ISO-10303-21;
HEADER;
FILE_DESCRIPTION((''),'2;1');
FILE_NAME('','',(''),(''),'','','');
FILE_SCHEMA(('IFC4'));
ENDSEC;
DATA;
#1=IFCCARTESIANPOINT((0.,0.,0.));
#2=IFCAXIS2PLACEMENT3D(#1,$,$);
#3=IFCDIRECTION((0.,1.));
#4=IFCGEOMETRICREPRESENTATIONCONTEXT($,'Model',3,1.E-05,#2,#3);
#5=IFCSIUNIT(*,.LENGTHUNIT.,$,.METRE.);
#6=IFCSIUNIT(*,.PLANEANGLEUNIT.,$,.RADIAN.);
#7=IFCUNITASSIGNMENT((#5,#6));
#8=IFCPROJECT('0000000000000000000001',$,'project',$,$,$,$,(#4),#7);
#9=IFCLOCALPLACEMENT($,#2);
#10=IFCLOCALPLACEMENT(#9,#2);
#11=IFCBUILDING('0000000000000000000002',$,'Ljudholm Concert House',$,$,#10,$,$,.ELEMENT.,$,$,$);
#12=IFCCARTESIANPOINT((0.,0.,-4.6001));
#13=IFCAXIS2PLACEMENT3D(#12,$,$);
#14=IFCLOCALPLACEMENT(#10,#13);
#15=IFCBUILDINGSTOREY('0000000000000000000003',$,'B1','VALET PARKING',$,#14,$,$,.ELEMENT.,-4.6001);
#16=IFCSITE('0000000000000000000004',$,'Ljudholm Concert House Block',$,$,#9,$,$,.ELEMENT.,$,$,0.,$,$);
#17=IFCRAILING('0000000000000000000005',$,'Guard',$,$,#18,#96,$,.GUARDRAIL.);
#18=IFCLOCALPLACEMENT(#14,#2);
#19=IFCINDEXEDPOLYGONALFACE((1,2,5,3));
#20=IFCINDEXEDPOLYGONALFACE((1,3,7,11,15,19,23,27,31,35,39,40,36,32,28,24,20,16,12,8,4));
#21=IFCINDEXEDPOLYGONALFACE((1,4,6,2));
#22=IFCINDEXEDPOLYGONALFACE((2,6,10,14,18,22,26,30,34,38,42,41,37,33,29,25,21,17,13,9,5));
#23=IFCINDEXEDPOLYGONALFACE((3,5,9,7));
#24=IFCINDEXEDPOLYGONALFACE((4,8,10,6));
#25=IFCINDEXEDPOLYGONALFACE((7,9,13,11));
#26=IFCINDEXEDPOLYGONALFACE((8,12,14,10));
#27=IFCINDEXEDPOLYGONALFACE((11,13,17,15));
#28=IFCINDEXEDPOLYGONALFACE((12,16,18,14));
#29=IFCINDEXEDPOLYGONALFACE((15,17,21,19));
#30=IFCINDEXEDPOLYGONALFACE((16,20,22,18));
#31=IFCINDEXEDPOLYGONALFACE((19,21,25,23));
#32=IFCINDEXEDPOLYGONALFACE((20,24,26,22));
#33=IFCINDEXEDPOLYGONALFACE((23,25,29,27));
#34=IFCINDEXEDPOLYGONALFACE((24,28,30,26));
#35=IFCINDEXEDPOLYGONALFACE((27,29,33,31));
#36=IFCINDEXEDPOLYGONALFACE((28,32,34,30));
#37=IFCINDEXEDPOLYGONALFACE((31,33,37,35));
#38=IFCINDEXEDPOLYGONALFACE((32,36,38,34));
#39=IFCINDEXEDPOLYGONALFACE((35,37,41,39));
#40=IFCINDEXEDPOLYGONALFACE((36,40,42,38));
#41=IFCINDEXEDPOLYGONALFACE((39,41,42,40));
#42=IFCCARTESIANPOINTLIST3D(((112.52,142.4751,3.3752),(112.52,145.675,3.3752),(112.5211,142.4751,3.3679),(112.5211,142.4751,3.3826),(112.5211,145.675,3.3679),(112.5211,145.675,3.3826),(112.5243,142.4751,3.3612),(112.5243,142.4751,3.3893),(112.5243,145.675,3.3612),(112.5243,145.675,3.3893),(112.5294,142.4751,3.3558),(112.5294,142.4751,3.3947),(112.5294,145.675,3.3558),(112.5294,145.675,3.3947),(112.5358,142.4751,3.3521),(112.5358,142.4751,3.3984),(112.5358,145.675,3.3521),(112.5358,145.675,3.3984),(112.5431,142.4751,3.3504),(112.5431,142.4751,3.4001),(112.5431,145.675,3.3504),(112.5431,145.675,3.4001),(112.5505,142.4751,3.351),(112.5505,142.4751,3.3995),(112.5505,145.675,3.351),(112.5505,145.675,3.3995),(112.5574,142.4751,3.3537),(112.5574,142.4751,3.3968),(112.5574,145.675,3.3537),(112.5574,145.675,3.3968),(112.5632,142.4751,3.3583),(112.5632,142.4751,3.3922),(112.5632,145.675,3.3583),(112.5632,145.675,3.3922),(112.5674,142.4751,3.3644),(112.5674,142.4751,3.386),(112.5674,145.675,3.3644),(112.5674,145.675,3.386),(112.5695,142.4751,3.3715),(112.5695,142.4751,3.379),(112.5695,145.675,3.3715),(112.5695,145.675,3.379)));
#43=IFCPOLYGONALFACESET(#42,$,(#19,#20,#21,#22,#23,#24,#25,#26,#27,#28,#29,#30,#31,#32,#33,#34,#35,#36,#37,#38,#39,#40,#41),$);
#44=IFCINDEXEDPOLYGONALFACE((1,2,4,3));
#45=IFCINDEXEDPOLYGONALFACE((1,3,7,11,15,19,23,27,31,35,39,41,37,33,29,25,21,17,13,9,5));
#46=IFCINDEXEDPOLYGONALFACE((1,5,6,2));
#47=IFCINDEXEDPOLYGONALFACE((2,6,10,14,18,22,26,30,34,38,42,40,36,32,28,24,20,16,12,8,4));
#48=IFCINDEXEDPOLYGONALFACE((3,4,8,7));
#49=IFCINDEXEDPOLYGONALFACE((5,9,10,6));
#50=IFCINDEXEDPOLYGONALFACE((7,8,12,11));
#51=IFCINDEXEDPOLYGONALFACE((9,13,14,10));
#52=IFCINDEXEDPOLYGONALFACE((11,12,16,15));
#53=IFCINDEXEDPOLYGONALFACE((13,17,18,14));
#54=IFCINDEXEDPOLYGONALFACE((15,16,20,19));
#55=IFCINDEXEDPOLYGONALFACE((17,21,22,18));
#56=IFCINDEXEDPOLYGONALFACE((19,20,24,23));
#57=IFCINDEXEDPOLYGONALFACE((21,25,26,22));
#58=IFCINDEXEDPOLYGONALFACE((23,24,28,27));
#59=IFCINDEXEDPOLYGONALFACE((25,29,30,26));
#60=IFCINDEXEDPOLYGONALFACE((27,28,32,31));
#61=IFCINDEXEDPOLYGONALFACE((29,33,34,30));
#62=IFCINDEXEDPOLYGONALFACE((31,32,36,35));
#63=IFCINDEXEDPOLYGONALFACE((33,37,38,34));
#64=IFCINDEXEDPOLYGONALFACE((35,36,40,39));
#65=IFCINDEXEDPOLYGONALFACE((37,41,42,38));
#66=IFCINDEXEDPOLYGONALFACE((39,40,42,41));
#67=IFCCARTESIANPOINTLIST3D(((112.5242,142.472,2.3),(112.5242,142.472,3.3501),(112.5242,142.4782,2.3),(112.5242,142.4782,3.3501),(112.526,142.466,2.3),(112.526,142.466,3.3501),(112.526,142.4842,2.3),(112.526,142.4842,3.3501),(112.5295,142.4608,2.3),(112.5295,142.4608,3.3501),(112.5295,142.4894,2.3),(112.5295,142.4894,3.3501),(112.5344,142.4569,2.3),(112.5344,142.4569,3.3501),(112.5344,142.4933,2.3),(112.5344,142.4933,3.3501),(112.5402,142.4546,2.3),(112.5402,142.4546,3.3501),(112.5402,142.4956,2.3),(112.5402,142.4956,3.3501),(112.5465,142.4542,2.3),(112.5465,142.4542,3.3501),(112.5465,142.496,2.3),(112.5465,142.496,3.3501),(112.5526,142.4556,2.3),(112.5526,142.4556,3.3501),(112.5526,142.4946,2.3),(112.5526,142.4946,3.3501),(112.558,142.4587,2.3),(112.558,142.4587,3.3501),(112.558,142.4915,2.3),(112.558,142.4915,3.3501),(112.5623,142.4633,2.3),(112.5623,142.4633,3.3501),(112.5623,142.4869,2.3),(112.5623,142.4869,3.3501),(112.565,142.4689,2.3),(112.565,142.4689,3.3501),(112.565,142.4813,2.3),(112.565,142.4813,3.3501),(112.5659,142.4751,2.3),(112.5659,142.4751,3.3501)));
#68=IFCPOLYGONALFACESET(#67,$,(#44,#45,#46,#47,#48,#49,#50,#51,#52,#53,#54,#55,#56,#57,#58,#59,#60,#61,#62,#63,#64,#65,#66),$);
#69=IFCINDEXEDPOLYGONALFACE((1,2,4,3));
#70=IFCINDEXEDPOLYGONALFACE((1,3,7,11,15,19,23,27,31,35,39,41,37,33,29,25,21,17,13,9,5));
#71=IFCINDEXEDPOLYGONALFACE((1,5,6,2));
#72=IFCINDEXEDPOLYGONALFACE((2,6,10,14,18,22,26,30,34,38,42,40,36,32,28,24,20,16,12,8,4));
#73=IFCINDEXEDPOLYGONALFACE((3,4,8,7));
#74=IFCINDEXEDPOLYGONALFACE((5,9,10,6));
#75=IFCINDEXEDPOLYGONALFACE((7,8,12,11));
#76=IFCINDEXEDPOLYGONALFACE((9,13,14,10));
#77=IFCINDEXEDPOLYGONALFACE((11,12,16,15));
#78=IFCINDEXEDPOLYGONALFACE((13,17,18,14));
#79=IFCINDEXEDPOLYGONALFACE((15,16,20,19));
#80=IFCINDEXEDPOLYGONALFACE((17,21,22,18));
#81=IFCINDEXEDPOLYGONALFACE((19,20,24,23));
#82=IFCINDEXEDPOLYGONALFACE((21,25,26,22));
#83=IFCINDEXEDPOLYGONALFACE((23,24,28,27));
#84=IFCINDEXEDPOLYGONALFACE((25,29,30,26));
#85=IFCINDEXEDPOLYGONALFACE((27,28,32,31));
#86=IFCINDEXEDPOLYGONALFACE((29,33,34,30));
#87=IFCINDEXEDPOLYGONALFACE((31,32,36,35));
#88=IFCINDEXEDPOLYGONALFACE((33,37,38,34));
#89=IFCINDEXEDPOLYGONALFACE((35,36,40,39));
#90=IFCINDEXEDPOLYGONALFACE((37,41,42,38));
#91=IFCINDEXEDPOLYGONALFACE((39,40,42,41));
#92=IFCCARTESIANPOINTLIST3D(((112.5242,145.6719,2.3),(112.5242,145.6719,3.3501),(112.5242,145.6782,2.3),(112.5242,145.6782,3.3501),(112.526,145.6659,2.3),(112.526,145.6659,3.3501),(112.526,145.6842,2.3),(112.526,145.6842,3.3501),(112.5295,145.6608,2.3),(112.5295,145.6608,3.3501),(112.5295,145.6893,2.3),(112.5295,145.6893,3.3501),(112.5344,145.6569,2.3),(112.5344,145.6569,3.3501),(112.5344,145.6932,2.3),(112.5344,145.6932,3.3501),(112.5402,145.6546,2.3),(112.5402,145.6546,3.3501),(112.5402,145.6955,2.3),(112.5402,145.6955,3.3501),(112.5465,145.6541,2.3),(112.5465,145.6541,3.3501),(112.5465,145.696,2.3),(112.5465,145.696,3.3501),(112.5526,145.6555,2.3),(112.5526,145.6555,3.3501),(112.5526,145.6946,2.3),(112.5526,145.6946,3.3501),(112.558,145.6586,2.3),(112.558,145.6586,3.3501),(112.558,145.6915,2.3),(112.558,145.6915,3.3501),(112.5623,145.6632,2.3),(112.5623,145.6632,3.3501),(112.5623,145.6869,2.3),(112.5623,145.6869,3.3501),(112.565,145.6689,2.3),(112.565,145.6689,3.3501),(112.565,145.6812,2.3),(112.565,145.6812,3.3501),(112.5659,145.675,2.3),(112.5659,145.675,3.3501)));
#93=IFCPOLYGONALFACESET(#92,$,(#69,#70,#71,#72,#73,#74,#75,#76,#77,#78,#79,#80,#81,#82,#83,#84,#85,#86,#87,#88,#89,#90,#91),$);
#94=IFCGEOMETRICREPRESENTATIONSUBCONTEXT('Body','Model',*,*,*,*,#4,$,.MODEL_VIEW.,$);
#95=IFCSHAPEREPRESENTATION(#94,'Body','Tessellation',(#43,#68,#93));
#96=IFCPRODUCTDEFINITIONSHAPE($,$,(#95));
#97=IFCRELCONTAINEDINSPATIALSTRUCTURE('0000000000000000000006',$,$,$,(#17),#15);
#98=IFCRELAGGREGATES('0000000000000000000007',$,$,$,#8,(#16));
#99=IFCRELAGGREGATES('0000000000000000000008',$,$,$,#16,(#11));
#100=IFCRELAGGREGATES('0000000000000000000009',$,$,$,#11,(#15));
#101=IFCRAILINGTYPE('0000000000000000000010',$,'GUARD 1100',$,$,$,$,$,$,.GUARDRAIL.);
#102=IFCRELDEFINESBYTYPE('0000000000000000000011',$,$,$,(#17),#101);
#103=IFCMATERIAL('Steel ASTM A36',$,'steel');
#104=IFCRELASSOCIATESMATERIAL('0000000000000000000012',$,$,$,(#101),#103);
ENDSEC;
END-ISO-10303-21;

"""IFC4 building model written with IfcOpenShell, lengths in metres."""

from ifc_helpers import new_model, si_unit, direction, frame, origin, origin_2d, place, context, subcontext, project, spatial, circle, extrude, material, type_object, element, save


model = new_model("IFC4")

# Units and contexts
model_context = context("Model", 3, precision=1e-05, world=origin(), true_north=direction((0.0, 1.0)))
body_context = subcontext(model_context, "Body", "Model", "MODEL_VIEW")
ifc_project = project(units=[si_unit("LENGTHUNIT", "METRE"), si_unit("PLANEANGLEUNIT", "RADIAN")], contexts=[model_context])

# Site, building, storey
site_placement = place(None, origin())
site = spatial("IfcSite", under=ifc_project, at=site_placement, Name="Ljudholm Concert House Block", CompositionType="ELEMENT", RefElevation=0.0)
building_placement = place(site_placement, origin())
building = spatial("IfcBuilding", under=site, at=building_placement, Name="Ljudholm Concert House", CompositionType="ELEMENT")
storey_placement = place(building_placement, frame((0.0, 0.0, -4.6001)))
storey = spatial("IfcBuildingStorey", under=building, at=storey_placement, Name="B1", Description="VALET PARKING", CompositionType="ELEMENT", Elevation=-4.6001)

# Railing
ifc_material_1 = material(Name="Steel ASTM A36", Category="steel")
railing_type_1 = type_object("IfcRailingType", Name="GUARD 1100", PredefinedType="GUARDRAIL", material=ifc_material_1)
railing_1_placement = place(storey_placement, frame((112.5449, 142.4751, 2.3)))
element("IfcRailing", 1, at=railing_1_placement, inside=storey, type_object=railing_type_1, Name="Guard", PredefinedType="GUARDRAIL", context=body_context, shape_type="SweptSolid", body=[
    extrude(circle(Radius=0.0249, at=origin_2d()), frame((0.0, 0.0, 1.0752), z_axis=(0.0, 1.0, 0.0), x_axis=(-1.0, 0.0, 0.0)), (0.0, 0.0, 1.0), 3.2),
    extrude(circle(Radius=0.021, at=origin_2d()), origin(), (0.0, 0.0, 1.0), 1.05),
    extrude(circle(Radius=0.021, at=origin_2d()), frame((0.0, 3.2, 0.0)), (0.0, 0.0, 1.0), 1.05),
])

save(model, "model.ifc")
